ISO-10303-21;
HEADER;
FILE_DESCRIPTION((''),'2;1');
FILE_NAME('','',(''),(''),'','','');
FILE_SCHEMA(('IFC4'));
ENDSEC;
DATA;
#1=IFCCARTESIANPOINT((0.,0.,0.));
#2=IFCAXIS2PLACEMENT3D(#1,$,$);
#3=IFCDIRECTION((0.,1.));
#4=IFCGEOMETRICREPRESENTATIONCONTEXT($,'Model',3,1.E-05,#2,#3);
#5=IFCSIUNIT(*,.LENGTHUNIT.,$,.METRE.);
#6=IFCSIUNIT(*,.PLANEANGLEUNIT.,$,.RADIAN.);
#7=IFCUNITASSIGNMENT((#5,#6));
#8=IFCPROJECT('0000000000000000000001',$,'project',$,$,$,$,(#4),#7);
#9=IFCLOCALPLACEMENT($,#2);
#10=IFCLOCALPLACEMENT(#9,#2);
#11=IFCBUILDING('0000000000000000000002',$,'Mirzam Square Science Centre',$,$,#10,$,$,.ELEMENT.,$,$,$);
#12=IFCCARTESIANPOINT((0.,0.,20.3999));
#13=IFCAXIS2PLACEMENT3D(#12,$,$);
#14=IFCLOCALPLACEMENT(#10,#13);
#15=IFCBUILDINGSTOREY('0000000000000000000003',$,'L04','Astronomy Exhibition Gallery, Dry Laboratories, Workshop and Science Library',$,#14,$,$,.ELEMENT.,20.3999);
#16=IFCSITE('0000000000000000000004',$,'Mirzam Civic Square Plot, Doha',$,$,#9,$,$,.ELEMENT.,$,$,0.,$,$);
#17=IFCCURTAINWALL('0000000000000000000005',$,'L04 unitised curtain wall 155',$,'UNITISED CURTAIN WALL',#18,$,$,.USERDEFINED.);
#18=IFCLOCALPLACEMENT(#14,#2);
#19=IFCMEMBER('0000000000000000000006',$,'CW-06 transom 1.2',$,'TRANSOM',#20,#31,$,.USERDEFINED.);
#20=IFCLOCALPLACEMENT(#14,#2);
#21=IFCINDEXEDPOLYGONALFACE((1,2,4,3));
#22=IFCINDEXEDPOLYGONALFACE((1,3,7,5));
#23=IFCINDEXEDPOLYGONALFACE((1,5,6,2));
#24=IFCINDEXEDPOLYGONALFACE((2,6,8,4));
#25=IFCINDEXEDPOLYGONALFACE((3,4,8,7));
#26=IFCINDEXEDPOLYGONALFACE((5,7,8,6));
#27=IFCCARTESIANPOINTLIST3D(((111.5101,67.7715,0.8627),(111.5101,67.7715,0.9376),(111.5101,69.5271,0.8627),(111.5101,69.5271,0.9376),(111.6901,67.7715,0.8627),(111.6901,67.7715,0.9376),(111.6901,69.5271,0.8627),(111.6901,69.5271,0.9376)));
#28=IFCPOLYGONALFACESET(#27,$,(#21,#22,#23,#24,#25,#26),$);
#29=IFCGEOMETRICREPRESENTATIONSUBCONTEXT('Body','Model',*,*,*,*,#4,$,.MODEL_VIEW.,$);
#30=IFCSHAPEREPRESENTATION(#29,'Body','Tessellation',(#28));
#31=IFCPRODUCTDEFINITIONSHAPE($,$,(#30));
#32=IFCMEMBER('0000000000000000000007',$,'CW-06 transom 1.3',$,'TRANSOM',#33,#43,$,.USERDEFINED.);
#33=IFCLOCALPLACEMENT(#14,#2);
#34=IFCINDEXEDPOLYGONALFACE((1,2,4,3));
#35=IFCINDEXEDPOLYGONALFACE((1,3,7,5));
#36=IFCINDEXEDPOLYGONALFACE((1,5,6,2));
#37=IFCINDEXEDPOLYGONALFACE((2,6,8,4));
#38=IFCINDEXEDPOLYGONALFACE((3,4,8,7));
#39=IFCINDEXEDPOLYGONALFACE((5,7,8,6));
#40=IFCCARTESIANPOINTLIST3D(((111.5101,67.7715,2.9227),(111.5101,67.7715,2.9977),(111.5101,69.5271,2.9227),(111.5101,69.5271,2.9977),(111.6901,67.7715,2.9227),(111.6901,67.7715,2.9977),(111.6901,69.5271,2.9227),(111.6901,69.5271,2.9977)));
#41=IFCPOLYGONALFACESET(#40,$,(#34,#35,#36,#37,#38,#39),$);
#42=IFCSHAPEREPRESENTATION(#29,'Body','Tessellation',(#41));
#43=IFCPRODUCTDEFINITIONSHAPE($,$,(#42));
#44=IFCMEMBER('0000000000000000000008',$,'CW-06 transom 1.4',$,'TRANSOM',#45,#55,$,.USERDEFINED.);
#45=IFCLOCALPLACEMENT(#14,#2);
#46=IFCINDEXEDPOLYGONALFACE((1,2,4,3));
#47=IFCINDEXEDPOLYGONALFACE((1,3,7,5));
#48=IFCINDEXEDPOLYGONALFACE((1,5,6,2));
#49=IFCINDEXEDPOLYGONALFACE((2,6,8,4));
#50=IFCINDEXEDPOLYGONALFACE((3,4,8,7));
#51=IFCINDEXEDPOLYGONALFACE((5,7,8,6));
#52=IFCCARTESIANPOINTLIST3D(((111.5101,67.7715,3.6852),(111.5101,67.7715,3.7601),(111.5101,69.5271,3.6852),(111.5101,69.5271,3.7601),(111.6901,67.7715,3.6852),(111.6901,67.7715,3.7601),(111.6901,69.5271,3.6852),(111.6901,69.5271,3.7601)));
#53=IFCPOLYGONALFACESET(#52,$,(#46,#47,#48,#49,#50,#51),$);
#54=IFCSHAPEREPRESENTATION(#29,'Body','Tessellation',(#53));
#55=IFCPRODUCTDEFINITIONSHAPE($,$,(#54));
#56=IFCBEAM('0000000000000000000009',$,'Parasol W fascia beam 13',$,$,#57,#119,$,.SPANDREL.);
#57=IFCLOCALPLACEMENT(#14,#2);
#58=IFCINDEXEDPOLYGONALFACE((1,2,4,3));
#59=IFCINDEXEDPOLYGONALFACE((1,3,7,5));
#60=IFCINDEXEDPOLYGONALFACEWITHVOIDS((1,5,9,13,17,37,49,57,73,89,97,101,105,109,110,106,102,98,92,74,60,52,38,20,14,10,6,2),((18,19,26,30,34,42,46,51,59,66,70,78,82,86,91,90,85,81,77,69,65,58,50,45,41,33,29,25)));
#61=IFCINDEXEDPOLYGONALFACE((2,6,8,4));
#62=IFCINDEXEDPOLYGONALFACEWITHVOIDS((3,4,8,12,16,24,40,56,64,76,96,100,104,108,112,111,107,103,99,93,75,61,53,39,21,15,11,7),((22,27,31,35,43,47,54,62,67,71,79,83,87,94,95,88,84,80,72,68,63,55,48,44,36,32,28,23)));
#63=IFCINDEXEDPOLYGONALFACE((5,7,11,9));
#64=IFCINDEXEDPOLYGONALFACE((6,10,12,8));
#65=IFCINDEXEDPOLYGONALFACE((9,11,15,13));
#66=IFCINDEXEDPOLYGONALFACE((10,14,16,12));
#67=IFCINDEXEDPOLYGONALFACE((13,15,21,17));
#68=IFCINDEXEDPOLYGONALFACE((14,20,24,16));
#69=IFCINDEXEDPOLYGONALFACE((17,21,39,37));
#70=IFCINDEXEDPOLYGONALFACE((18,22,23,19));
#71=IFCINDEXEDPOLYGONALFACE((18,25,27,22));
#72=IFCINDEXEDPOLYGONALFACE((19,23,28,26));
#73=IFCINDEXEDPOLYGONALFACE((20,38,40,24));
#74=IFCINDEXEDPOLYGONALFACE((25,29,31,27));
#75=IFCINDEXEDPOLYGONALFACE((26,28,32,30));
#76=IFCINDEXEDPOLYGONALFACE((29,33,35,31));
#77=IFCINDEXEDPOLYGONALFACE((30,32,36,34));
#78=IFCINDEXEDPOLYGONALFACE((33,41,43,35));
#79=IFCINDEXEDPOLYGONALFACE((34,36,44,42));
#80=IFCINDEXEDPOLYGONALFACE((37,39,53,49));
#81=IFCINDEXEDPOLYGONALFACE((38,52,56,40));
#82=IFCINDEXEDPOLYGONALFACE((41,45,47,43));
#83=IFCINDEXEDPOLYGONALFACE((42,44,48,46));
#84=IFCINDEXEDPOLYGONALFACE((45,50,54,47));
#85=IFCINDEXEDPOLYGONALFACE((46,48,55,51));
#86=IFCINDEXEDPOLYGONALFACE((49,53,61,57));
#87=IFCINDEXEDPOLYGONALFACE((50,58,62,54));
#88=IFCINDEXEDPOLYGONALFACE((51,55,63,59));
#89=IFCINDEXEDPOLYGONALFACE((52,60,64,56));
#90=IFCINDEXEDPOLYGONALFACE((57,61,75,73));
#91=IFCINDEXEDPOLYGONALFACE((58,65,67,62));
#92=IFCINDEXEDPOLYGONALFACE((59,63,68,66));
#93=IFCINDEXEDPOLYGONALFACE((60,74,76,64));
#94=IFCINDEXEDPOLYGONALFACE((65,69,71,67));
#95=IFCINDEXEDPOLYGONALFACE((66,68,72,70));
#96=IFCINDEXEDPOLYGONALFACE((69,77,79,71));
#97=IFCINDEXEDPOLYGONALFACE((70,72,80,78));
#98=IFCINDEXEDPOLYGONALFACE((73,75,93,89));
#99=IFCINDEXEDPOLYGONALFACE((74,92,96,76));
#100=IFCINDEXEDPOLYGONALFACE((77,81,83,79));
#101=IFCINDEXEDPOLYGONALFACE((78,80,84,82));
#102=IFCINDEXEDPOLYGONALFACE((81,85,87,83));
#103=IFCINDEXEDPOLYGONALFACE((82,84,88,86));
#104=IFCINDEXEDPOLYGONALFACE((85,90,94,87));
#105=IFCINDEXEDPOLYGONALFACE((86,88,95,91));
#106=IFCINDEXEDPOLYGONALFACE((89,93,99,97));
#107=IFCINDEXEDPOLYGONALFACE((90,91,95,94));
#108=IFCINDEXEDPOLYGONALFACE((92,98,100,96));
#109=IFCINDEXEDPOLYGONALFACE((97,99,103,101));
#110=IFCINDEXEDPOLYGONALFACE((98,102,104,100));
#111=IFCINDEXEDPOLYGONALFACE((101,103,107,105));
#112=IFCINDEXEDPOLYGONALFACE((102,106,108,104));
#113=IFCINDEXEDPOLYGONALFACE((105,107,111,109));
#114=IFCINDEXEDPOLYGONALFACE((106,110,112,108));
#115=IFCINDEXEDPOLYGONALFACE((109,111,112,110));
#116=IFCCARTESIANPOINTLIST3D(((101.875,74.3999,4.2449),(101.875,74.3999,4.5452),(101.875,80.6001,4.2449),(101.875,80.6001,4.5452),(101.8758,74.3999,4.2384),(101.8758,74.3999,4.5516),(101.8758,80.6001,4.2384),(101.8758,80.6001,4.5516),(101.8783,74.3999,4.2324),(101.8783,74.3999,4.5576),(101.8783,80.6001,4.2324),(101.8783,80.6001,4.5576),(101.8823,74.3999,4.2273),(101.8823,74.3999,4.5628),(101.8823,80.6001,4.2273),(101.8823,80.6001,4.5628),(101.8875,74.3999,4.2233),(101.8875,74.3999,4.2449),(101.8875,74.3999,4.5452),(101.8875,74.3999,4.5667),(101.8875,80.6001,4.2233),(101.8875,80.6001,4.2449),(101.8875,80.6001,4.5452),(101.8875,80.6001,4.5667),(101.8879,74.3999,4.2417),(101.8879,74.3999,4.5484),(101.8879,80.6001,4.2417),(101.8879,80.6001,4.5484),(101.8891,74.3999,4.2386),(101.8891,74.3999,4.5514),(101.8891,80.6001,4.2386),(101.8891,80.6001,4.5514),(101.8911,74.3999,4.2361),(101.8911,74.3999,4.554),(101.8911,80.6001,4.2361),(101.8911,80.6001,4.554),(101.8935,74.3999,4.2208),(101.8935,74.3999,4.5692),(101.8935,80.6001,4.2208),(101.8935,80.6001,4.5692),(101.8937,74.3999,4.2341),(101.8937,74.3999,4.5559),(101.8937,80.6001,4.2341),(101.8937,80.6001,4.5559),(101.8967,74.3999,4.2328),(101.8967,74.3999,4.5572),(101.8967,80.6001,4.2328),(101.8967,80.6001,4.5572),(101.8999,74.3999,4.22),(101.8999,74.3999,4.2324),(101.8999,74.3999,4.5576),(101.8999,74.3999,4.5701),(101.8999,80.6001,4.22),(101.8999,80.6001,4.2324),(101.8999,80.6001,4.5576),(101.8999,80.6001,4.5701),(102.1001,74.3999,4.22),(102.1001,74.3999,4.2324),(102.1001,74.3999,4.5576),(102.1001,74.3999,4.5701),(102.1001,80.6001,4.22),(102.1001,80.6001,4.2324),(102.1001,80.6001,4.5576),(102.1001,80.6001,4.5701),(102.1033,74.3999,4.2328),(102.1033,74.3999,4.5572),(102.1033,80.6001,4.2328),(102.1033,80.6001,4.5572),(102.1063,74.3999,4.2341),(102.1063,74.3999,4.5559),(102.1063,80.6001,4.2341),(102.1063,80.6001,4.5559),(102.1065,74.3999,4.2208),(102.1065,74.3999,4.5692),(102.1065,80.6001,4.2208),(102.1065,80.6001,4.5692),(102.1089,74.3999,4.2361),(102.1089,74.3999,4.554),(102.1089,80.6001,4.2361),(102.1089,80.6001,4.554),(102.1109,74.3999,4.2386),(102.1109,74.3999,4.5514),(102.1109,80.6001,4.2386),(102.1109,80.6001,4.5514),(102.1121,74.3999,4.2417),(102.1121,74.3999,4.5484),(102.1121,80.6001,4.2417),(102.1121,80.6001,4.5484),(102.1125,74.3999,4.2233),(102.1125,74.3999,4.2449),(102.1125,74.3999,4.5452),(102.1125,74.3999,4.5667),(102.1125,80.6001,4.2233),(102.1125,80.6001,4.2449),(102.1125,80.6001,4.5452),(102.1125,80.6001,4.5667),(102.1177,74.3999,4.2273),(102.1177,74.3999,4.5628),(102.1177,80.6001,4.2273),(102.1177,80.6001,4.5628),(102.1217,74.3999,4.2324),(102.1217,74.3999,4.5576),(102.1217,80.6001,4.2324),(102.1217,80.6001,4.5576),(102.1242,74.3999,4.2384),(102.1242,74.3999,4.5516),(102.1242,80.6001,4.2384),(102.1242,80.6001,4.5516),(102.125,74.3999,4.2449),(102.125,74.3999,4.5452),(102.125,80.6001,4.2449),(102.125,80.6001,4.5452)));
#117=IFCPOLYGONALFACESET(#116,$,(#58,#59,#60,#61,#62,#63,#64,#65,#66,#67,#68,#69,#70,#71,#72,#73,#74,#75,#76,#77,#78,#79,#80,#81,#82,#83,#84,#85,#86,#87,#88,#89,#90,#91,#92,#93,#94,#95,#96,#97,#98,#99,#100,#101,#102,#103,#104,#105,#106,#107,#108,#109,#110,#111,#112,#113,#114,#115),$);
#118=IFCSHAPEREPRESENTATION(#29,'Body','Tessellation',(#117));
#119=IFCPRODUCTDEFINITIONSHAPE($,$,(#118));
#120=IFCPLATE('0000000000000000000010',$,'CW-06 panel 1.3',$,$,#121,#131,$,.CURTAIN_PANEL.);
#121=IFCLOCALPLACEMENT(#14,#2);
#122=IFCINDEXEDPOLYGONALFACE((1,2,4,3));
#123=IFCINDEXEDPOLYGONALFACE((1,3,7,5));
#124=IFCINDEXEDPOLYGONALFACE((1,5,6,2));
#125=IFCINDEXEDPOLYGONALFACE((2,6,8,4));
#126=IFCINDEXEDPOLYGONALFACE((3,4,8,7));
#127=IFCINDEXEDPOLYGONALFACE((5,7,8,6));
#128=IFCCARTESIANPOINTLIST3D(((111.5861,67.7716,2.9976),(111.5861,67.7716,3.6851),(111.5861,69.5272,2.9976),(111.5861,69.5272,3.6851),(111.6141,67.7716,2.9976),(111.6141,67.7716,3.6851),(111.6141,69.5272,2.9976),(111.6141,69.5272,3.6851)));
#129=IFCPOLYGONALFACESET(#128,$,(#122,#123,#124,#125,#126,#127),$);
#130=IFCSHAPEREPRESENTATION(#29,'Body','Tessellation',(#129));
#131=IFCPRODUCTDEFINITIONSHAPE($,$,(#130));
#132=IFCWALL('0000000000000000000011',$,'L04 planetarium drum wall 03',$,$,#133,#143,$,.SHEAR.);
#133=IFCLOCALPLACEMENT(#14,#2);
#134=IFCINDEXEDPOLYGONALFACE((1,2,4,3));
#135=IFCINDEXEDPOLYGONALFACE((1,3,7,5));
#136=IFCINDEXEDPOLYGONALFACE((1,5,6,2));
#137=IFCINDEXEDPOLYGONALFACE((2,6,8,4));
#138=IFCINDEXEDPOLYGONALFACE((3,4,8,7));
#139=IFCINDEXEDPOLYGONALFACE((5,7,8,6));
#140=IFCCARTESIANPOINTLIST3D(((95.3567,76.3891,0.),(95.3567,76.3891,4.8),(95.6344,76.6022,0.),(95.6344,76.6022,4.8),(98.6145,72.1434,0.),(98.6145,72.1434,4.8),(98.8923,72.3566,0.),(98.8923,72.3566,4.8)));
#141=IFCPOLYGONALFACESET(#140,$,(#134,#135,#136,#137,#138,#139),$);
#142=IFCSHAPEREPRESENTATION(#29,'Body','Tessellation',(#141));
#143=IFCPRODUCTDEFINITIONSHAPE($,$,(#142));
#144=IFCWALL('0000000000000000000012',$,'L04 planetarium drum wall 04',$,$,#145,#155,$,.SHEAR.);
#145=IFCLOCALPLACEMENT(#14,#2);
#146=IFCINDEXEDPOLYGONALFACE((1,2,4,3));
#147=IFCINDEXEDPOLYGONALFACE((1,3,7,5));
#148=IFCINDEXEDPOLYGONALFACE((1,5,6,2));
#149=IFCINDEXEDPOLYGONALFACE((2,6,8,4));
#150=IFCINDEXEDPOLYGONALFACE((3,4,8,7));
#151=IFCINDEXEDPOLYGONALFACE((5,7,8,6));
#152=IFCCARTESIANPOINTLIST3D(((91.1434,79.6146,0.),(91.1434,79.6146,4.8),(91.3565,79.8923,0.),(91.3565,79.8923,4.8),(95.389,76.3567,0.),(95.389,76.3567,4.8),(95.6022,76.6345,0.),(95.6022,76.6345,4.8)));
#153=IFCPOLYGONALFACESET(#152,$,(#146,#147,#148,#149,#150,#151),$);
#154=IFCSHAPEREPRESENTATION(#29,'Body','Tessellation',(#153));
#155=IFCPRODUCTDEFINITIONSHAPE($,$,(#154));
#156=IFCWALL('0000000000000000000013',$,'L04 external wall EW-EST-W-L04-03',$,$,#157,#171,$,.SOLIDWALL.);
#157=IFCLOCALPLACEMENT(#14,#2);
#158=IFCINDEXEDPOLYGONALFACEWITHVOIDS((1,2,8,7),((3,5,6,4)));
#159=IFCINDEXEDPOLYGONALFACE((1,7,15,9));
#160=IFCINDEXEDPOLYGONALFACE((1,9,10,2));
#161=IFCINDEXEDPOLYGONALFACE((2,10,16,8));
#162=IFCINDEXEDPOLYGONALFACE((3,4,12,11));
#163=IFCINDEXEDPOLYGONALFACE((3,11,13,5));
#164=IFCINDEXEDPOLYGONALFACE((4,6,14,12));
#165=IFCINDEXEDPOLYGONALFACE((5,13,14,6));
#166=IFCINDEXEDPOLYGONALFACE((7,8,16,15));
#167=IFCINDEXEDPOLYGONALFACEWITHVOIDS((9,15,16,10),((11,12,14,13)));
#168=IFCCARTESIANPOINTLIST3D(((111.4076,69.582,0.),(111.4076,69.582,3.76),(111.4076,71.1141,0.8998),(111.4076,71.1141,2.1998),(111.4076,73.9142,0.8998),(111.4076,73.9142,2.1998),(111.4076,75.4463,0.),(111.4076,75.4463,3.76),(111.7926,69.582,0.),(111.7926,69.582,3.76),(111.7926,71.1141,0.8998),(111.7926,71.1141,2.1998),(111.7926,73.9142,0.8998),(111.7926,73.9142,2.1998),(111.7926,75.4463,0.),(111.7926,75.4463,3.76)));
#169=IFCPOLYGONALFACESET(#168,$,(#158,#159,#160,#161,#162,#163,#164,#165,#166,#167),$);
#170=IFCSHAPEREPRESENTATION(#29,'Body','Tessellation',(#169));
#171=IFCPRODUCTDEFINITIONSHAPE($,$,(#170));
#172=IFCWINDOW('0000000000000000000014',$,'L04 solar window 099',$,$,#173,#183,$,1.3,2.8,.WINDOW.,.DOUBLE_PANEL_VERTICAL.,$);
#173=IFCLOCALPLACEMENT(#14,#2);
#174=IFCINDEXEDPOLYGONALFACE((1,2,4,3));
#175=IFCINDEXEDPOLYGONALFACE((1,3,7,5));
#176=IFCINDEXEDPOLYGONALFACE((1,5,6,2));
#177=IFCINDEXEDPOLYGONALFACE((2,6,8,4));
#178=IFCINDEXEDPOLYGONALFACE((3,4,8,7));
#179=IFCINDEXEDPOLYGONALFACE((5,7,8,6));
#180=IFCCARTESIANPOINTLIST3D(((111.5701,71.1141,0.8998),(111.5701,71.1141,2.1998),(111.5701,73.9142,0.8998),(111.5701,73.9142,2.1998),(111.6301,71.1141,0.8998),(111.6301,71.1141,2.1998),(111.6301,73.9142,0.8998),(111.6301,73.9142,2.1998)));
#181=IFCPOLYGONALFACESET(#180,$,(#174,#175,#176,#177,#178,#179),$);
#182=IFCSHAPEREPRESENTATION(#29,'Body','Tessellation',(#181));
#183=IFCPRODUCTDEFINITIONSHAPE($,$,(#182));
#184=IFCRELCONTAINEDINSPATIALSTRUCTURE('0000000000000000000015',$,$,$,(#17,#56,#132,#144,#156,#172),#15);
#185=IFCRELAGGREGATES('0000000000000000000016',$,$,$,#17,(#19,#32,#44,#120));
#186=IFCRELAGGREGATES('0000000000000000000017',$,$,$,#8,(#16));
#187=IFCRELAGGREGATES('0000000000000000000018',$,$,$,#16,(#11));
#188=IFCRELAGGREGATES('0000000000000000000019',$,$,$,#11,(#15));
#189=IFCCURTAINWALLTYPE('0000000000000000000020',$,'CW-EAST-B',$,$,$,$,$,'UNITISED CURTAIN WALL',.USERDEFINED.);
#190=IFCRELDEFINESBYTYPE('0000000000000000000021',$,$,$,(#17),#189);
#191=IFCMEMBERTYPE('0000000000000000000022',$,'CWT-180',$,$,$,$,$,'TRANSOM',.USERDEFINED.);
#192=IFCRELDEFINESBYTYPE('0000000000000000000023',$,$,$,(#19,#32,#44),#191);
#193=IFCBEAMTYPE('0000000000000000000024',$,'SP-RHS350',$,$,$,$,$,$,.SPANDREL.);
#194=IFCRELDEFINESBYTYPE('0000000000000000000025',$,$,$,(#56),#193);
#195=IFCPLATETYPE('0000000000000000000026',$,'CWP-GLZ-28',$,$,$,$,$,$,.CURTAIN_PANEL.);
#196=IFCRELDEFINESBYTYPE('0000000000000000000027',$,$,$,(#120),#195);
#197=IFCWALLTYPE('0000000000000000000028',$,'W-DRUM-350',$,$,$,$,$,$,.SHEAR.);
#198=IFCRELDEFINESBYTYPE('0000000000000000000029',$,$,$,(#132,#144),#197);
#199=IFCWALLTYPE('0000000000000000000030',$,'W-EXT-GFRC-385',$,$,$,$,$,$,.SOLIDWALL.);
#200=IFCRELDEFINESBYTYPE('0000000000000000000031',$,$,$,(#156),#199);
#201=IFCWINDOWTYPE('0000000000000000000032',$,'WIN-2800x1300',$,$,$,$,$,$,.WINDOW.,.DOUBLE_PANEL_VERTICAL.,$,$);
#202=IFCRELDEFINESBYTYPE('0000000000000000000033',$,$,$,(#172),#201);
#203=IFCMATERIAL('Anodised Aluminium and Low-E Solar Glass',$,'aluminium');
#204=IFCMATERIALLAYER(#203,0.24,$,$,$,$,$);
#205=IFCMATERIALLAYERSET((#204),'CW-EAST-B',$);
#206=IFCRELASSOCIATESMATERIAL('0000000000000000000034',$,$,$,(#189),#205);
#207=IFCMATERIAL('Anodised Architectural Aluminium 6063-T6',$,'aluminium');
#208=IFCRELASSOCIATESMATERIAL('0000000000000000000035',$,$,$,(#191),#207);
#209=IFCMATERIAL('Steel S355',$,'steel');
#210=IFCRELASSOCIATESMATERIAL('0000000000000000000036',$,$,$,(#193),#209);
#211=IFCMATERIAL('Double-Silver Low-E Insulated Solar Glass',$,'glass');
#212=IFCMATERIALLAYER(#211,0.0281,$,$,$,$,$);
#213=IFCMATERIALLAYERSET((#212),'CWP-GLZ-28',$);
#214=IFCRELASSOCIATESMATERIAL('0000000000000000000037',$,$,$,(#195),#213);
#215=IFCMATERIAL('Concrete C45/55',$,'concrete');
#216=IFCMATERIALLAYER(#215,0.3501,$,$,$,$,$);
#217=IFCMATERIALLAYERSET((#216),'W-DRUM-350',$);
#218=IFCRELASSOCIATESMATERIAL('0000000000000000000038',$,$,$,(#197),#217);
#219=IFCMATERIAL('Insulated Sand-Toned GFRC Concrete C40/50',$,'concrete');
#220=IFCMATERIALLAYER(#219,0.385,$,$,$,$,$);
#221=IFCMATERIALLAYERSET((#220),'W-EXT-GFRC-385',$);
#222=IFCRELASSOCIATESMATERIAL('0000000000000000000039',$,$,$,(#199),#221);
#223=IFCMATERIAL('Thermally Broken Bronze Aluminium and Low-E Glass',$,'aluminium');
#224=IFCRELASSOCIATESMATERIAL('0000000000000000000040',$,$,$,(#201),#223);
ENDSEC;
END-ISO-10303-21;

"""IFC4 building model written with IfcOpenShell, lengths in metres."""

from ifc_helpers import new_model, si_unit, direction, frame, frame_2d, origin, origin_2d, place, context, subcontext, project, spatial, rectangle, hollow_rectangle, extrude, material, layer, layer_set, material_profile, profile_set, type_object, element, fill, aggregate, save


model = new_model("IFC4")

# Units and contexts
model_context = context("Model", 3, precision=1e-05, world=origin(), true_north=direction((0.0, 1.0)))
body_context = subcontext(model_context, "Body", "Model", "MODEL_VIEW")
ifc_project = project(units=[si_unit("LENGTHUNIT", "METRE"), si_unit("PLANEANGLEUNIT", "RADIAN")], contexts=[model_context])

# Site, building, storey
site_placement = place(None, origin())
site = spatial("IfcSite", under=ifc_project, at=site_placement, Name="Mirzam Civic Square Plot, Doha", CompositionType="ELEMENT", RefElevation=0.0)
building_placement = place(site_placement, origin())
building = spatial("IfcBuilding", under=site, at=building_placement, Name="Mirzam Square Science Centre", CompositionType="ELEMENT")
storey_placement = place(building_placement, frame((0.0, 0.0, 20.3999)))
storey = spatial("IfcBuildingStorey", under=building, at=storey_placement, Name="L04", Description="Astronomy Exhibition Gallery, Dry Laboratories, Workshop and Science Library", CompositionType="ELEMENT", Elevation=20.3999)

# Shared definitions
ifc_material_1 = material(Name="Steel S355", Category="steel")
ifc_material_2 = material(Name="Concrete C45/55", Category="concrete")

# Shared definitions
ifc_material_3 = material(Name="Anodised Aluminium and Low-E Solar Glass", Category="aluminium")
ifc_material_4 = material(Name="Anodised Architectural Aluminium 6063-T6", Category="aluminium")

# Curtain wall, members
ifc_layer_1 = layer(ifc_material_3, 0.24)
ifc_layer_set_1 = layer_set([ifc_layer_1], Name="CW-EAST-B")
curtain_wall_type_1 = type_object("IfcCurtainWallType", Name="CW-EAST-B", ElementType="UNITISED CURTAIN WALL", PredefinedType="USERDEFINED", material=ifc_layer_set_1)
curtain_wall_1_placement = place(storey_placement, origin())
curtain_wall_1 = element("IfcCurtainWall", 1, at=curtain_wall_1_placement, inside=storey, type_object=curtain_wall_type_1, Name="L04 unitised curtain wall 155", ObjectType="UNITISED CURTAIN WALL", PredefinedType="USERDEFINED")
ifc_material_profile_1 = material_profile(ifc_material_4, rectangle(XDim=0.1799, YDim=0.075, at=origin_2d()), Name="ALU-TRAN-180x75x5")
ifc_profile_set_1 = profile_set([ifc_material_profile_1], Name="Anodised Architectural Aluminium 6063-T6")
member_type_1 = type_object("IfcMemberType", Name="CWT-180", ElementType="TRANSOM", PredefinedType="USERDEFINED", material=ifc_profile_set_1)
member_1_placement = place(storey_placement, frame((111.6001, 69.5271, 0.9001), z_axis=(0.0, -1.0, 0.0), x_axis=(1.0, 0.0, 0.0)))
member_1 = element("IfcMember", 2, at=member_1_placement, type_object=member_type_1, Name="CW-06 transom 1.2", ObjectType="TRANSOM", PredefinedType="USERDEFINED", context=body_context, shape_type="SweptSolid", body=[
    extrude(rectangle(XDim=0.1799, YDim=0.075, at=origin_2d()), origin(), (0.0, 0.0, 1.0), 1.7556),
])
member_2_placement = place(storey_placement, frame((111.6001, 69.5271, 2.9602), z_axis=(0.0, -1.0, 0.0), x_axis=(1.0, 0.0, 0.0)))
member_2 = element("IfcMember", 3, at=member_2_placement, type_object=member_type_1, Name="CW-06 transom 1.3", ObjectType="TRANSOM", PredefinedType="USERDEFINED", context=body_context, shape_type="SweptSolid", body=[
    extrude(rectangle(XDim=0.1799, YDim=0.075, at=origin_2d()), origin(), (0.0, 0.0, 1.0), 1.7556),
])
member_3_placement = place(storey_placement, frame((111.6001, 69.5271, 3.7227), z_axis=(0.0, -1.0, 0.0), x_axis=(1.0, 0.0, 0.0)))
member_3 = element("IfcMember", 4, at=member_3_placement, type_object=member_type_1, Name="CW-06 transom 1.4", ObjectType="TRANSOM", PredefinedType="USERDEFINED", context=body_context, shape_type="SweptSolid", body=[
    extrude(rectangle(XDim=0.1799, YDim=0.075, at=origin_2d()), origin(), (0.0, 0.0, 1.0), 1.7556),
])

# Beam
ifc_material_profile_2 = material_profile(ifc_material_1, hollow_rectangle(XDim=0.25, YDim=0.3501, WallThickness=0.0125, InnerFilletRadius=0.0125, OuterFilletRadius=0.0249, at=origin_2d()), Name="350x250x12.5RHS")
ifc_profile_set_2 = profile_set([ifc_material_profile_2], Name="Steel S355")
beam_type_1 = type_object("IfcBeamType", Name="SP-RHS350", PredefinedType="SPANDREL", material=ifc_profile_set_2)
beam_1_placement = place(storey_placement, frame((102.0, 74.3999, 4.395), z_axis=(0.0, 1.0, 0.0), x_axis=(-1.0, 0.0, 0.0)))
element("IfcBeam", 5, at=beam_1_placement, inside=storey, type_object=beam_type_1, Name="Parasol W fascia beam 13", PredefinedType="SPANDREL", context=body_context, shape_type="SweptSolid", body=[
    extrude(hollow_rectangle(XDim=0.25, YDim=0.3501, WallThickness=0.0125, InnerFilletRadius=0.0125, OuterFilletRadius=0.0249, at=origin_2d()), origin(), (0.0, 0.0, 1.0), 6.2002),
])

# Plate
ifc_material_5 = material(Name="Double-Silver Low-E Insulated Solar Glass", Category="glass")
ifc_layer_2 = layer(ifc_material_5, 0.0281)
ifc_layer_set_2 = layer_set([ifc_layer_2], Name="CWP-GLZ-28")
plate_type = type_object("IfcPlateType", Name="CWP-GLZ-28", PredefinedType="CURTAIN_PANEL", material=ifc_layer_set_2)
plate_placement = place(storey_placement, frame((111.6001, 68.6494, 2.9976), z_axis=(0.0, 0.0, 1.0), x_axis=(0.0, -1.0, 0.0)))
plate = element("IfcPlate", 6, at=plate_placement, type_object=plate_type, Name="CW-06 panel 1.3", PredefinedType="CURTAIN_PANEL", context=body_context, shape_type="SweptSolid", body=[
    extrude(rectangle(XDim=1.7556, YDim=0.0281, at=origin_2d()), origin(), (0.0, 0.0, 1.0), 0.6875),
])
aggregate(curtain_wall_1, [member_1, member_2, member_3, plate])

# Walls
ifc_layer_3 = layer(ifc_material_2, 0.3501)
ifc_layer_set_3 = layer_set([ifc_layer_3], Name="W-DRUM-350")
wall_type_1 = type_object("IfcWallType", Name="W-DRUM-350", PredefinedType="SHEAR", material=ifc_layer_set_3)
for number, where, z_axis, x_axis, name in (
    (7, (98.7534, 72.25, 0.0), (0.0, 0.0, 1.0), (-0.608767, 0.793349, 0.0), "L04 planetarium drum wall 03"),
    (8, (95.4956, 76.4956, 0.0), (0.0, 0.0, 1.0), (-0.793349, 0.608767, 0.0), "L04 planetarium drum wall 04"),
):
    element("IfcWall", number, at=place(storey_placement, frame(where, z_axis=z_axis, x_axis=x_axis)), inside=storey, type_object=wall_type_1, Name=name, PredefinedType="SHEAR", context=body_context, shape_type="SweptSolid", body=[
        extrude(rectangle(XDim=5.3516, YDim=0.3501, at=frame_2d((2.6758, 0.0))), origin(), (0.0, 0.0, 1.0), 4.8),
    ])

# Wall, opening, window
ifc_material_6 = material(Name="Insulated Sand-Toned GFRC Concrete C40/50", Category="concrete")
ifc_layer_4 = layer(ifc_material_6, 0.385)
ifc_layer_set_4 = layer_set([ifc_layer_4], Name="W-EXT-GFRC-385")
wall_type_2 = type_object("IfcWallType", Name="W-EXT-GFRC-385", PredefinedType="SOLIDWALL", material=ifc_layer_set_4)
wall_1_placement = place(storey_placement, frame((111.6001, 75.4463, 0.0), z_axis=(0.0, 0.0, 1.0), x_axis=(0.0, -1.0, 0.0)))
wall_1 = element("IfcWall", 9, at=wall_1_placement, inside=storey, type_object=wall_type_2, Name="L04 external wall EW-EST-W-L04-03", PredefinedType="SOLIDWALL", context=body_context, shape_type="SweptSolid", body=[
    extrude(rectangle(XDim=5.8643, YDim=0.385, at=frame_2d((2.9321, 0.0))), origin(), (0.0, 0.0, 1.0), 3.76),
])
opening_placement = place(wall_1_placement, frame((1.5322, 0.0, 0.8999)))
opening = element("IfcOpeningElement", 10, at=opening_placement, cuts=wall_1, PredefinedType="OPENING", context=body_context, shape_type="SweptSolid", body=[
    extrude(rectangle(XDim=2.8, YDim=1.3, at=frame_2d((1.3999, 0.6499))), frame((0.0, 0.2024, 0.0), z_axis=(0.0, -1.0, 0.0), x_axis=(1.0, 0.0, 0.0)), (0.0, 0.0, 1.0), 0.405),
])
ifc_material_7 = material(Name="Thermally Broken Bronze Aluminium and Low-E Glass", Category="aluminium")
window_type = type_object("IfcWindowType", Name="WIN-2800x1300", PartitioningType="DOUBLE_PANEL_VERTICAL", PredefinedType="WINDOW", material=ifc_material_7)
window_placement = place(opening_placement, origin())
window = element("IfcWindow", 11, at=window_placement, inside=storey, type_object=window_type, Name="L04 solar window 099", OverallHeight=1.3, OverallWidth=2.8, PartitioningType="DOUBLE_PANEL_VERTICAL", PredefinedType="WINDOW", context=body_context, shape_type="SweptSolid", body=[
    extrude(rectangle(XDim=2.8, YDim=1.3, at=frame_2d((1.3999, 0.6499))), frame((0.0, 0.03, 0.0), z_axis=(0.0, -1.0, 0.0), x_axis=(1.0, 0.0, 0.0)), (0.0, 0.0, 1.0), 0.0601),
])
fill(opening, window)

save(model, "model.ifc")
